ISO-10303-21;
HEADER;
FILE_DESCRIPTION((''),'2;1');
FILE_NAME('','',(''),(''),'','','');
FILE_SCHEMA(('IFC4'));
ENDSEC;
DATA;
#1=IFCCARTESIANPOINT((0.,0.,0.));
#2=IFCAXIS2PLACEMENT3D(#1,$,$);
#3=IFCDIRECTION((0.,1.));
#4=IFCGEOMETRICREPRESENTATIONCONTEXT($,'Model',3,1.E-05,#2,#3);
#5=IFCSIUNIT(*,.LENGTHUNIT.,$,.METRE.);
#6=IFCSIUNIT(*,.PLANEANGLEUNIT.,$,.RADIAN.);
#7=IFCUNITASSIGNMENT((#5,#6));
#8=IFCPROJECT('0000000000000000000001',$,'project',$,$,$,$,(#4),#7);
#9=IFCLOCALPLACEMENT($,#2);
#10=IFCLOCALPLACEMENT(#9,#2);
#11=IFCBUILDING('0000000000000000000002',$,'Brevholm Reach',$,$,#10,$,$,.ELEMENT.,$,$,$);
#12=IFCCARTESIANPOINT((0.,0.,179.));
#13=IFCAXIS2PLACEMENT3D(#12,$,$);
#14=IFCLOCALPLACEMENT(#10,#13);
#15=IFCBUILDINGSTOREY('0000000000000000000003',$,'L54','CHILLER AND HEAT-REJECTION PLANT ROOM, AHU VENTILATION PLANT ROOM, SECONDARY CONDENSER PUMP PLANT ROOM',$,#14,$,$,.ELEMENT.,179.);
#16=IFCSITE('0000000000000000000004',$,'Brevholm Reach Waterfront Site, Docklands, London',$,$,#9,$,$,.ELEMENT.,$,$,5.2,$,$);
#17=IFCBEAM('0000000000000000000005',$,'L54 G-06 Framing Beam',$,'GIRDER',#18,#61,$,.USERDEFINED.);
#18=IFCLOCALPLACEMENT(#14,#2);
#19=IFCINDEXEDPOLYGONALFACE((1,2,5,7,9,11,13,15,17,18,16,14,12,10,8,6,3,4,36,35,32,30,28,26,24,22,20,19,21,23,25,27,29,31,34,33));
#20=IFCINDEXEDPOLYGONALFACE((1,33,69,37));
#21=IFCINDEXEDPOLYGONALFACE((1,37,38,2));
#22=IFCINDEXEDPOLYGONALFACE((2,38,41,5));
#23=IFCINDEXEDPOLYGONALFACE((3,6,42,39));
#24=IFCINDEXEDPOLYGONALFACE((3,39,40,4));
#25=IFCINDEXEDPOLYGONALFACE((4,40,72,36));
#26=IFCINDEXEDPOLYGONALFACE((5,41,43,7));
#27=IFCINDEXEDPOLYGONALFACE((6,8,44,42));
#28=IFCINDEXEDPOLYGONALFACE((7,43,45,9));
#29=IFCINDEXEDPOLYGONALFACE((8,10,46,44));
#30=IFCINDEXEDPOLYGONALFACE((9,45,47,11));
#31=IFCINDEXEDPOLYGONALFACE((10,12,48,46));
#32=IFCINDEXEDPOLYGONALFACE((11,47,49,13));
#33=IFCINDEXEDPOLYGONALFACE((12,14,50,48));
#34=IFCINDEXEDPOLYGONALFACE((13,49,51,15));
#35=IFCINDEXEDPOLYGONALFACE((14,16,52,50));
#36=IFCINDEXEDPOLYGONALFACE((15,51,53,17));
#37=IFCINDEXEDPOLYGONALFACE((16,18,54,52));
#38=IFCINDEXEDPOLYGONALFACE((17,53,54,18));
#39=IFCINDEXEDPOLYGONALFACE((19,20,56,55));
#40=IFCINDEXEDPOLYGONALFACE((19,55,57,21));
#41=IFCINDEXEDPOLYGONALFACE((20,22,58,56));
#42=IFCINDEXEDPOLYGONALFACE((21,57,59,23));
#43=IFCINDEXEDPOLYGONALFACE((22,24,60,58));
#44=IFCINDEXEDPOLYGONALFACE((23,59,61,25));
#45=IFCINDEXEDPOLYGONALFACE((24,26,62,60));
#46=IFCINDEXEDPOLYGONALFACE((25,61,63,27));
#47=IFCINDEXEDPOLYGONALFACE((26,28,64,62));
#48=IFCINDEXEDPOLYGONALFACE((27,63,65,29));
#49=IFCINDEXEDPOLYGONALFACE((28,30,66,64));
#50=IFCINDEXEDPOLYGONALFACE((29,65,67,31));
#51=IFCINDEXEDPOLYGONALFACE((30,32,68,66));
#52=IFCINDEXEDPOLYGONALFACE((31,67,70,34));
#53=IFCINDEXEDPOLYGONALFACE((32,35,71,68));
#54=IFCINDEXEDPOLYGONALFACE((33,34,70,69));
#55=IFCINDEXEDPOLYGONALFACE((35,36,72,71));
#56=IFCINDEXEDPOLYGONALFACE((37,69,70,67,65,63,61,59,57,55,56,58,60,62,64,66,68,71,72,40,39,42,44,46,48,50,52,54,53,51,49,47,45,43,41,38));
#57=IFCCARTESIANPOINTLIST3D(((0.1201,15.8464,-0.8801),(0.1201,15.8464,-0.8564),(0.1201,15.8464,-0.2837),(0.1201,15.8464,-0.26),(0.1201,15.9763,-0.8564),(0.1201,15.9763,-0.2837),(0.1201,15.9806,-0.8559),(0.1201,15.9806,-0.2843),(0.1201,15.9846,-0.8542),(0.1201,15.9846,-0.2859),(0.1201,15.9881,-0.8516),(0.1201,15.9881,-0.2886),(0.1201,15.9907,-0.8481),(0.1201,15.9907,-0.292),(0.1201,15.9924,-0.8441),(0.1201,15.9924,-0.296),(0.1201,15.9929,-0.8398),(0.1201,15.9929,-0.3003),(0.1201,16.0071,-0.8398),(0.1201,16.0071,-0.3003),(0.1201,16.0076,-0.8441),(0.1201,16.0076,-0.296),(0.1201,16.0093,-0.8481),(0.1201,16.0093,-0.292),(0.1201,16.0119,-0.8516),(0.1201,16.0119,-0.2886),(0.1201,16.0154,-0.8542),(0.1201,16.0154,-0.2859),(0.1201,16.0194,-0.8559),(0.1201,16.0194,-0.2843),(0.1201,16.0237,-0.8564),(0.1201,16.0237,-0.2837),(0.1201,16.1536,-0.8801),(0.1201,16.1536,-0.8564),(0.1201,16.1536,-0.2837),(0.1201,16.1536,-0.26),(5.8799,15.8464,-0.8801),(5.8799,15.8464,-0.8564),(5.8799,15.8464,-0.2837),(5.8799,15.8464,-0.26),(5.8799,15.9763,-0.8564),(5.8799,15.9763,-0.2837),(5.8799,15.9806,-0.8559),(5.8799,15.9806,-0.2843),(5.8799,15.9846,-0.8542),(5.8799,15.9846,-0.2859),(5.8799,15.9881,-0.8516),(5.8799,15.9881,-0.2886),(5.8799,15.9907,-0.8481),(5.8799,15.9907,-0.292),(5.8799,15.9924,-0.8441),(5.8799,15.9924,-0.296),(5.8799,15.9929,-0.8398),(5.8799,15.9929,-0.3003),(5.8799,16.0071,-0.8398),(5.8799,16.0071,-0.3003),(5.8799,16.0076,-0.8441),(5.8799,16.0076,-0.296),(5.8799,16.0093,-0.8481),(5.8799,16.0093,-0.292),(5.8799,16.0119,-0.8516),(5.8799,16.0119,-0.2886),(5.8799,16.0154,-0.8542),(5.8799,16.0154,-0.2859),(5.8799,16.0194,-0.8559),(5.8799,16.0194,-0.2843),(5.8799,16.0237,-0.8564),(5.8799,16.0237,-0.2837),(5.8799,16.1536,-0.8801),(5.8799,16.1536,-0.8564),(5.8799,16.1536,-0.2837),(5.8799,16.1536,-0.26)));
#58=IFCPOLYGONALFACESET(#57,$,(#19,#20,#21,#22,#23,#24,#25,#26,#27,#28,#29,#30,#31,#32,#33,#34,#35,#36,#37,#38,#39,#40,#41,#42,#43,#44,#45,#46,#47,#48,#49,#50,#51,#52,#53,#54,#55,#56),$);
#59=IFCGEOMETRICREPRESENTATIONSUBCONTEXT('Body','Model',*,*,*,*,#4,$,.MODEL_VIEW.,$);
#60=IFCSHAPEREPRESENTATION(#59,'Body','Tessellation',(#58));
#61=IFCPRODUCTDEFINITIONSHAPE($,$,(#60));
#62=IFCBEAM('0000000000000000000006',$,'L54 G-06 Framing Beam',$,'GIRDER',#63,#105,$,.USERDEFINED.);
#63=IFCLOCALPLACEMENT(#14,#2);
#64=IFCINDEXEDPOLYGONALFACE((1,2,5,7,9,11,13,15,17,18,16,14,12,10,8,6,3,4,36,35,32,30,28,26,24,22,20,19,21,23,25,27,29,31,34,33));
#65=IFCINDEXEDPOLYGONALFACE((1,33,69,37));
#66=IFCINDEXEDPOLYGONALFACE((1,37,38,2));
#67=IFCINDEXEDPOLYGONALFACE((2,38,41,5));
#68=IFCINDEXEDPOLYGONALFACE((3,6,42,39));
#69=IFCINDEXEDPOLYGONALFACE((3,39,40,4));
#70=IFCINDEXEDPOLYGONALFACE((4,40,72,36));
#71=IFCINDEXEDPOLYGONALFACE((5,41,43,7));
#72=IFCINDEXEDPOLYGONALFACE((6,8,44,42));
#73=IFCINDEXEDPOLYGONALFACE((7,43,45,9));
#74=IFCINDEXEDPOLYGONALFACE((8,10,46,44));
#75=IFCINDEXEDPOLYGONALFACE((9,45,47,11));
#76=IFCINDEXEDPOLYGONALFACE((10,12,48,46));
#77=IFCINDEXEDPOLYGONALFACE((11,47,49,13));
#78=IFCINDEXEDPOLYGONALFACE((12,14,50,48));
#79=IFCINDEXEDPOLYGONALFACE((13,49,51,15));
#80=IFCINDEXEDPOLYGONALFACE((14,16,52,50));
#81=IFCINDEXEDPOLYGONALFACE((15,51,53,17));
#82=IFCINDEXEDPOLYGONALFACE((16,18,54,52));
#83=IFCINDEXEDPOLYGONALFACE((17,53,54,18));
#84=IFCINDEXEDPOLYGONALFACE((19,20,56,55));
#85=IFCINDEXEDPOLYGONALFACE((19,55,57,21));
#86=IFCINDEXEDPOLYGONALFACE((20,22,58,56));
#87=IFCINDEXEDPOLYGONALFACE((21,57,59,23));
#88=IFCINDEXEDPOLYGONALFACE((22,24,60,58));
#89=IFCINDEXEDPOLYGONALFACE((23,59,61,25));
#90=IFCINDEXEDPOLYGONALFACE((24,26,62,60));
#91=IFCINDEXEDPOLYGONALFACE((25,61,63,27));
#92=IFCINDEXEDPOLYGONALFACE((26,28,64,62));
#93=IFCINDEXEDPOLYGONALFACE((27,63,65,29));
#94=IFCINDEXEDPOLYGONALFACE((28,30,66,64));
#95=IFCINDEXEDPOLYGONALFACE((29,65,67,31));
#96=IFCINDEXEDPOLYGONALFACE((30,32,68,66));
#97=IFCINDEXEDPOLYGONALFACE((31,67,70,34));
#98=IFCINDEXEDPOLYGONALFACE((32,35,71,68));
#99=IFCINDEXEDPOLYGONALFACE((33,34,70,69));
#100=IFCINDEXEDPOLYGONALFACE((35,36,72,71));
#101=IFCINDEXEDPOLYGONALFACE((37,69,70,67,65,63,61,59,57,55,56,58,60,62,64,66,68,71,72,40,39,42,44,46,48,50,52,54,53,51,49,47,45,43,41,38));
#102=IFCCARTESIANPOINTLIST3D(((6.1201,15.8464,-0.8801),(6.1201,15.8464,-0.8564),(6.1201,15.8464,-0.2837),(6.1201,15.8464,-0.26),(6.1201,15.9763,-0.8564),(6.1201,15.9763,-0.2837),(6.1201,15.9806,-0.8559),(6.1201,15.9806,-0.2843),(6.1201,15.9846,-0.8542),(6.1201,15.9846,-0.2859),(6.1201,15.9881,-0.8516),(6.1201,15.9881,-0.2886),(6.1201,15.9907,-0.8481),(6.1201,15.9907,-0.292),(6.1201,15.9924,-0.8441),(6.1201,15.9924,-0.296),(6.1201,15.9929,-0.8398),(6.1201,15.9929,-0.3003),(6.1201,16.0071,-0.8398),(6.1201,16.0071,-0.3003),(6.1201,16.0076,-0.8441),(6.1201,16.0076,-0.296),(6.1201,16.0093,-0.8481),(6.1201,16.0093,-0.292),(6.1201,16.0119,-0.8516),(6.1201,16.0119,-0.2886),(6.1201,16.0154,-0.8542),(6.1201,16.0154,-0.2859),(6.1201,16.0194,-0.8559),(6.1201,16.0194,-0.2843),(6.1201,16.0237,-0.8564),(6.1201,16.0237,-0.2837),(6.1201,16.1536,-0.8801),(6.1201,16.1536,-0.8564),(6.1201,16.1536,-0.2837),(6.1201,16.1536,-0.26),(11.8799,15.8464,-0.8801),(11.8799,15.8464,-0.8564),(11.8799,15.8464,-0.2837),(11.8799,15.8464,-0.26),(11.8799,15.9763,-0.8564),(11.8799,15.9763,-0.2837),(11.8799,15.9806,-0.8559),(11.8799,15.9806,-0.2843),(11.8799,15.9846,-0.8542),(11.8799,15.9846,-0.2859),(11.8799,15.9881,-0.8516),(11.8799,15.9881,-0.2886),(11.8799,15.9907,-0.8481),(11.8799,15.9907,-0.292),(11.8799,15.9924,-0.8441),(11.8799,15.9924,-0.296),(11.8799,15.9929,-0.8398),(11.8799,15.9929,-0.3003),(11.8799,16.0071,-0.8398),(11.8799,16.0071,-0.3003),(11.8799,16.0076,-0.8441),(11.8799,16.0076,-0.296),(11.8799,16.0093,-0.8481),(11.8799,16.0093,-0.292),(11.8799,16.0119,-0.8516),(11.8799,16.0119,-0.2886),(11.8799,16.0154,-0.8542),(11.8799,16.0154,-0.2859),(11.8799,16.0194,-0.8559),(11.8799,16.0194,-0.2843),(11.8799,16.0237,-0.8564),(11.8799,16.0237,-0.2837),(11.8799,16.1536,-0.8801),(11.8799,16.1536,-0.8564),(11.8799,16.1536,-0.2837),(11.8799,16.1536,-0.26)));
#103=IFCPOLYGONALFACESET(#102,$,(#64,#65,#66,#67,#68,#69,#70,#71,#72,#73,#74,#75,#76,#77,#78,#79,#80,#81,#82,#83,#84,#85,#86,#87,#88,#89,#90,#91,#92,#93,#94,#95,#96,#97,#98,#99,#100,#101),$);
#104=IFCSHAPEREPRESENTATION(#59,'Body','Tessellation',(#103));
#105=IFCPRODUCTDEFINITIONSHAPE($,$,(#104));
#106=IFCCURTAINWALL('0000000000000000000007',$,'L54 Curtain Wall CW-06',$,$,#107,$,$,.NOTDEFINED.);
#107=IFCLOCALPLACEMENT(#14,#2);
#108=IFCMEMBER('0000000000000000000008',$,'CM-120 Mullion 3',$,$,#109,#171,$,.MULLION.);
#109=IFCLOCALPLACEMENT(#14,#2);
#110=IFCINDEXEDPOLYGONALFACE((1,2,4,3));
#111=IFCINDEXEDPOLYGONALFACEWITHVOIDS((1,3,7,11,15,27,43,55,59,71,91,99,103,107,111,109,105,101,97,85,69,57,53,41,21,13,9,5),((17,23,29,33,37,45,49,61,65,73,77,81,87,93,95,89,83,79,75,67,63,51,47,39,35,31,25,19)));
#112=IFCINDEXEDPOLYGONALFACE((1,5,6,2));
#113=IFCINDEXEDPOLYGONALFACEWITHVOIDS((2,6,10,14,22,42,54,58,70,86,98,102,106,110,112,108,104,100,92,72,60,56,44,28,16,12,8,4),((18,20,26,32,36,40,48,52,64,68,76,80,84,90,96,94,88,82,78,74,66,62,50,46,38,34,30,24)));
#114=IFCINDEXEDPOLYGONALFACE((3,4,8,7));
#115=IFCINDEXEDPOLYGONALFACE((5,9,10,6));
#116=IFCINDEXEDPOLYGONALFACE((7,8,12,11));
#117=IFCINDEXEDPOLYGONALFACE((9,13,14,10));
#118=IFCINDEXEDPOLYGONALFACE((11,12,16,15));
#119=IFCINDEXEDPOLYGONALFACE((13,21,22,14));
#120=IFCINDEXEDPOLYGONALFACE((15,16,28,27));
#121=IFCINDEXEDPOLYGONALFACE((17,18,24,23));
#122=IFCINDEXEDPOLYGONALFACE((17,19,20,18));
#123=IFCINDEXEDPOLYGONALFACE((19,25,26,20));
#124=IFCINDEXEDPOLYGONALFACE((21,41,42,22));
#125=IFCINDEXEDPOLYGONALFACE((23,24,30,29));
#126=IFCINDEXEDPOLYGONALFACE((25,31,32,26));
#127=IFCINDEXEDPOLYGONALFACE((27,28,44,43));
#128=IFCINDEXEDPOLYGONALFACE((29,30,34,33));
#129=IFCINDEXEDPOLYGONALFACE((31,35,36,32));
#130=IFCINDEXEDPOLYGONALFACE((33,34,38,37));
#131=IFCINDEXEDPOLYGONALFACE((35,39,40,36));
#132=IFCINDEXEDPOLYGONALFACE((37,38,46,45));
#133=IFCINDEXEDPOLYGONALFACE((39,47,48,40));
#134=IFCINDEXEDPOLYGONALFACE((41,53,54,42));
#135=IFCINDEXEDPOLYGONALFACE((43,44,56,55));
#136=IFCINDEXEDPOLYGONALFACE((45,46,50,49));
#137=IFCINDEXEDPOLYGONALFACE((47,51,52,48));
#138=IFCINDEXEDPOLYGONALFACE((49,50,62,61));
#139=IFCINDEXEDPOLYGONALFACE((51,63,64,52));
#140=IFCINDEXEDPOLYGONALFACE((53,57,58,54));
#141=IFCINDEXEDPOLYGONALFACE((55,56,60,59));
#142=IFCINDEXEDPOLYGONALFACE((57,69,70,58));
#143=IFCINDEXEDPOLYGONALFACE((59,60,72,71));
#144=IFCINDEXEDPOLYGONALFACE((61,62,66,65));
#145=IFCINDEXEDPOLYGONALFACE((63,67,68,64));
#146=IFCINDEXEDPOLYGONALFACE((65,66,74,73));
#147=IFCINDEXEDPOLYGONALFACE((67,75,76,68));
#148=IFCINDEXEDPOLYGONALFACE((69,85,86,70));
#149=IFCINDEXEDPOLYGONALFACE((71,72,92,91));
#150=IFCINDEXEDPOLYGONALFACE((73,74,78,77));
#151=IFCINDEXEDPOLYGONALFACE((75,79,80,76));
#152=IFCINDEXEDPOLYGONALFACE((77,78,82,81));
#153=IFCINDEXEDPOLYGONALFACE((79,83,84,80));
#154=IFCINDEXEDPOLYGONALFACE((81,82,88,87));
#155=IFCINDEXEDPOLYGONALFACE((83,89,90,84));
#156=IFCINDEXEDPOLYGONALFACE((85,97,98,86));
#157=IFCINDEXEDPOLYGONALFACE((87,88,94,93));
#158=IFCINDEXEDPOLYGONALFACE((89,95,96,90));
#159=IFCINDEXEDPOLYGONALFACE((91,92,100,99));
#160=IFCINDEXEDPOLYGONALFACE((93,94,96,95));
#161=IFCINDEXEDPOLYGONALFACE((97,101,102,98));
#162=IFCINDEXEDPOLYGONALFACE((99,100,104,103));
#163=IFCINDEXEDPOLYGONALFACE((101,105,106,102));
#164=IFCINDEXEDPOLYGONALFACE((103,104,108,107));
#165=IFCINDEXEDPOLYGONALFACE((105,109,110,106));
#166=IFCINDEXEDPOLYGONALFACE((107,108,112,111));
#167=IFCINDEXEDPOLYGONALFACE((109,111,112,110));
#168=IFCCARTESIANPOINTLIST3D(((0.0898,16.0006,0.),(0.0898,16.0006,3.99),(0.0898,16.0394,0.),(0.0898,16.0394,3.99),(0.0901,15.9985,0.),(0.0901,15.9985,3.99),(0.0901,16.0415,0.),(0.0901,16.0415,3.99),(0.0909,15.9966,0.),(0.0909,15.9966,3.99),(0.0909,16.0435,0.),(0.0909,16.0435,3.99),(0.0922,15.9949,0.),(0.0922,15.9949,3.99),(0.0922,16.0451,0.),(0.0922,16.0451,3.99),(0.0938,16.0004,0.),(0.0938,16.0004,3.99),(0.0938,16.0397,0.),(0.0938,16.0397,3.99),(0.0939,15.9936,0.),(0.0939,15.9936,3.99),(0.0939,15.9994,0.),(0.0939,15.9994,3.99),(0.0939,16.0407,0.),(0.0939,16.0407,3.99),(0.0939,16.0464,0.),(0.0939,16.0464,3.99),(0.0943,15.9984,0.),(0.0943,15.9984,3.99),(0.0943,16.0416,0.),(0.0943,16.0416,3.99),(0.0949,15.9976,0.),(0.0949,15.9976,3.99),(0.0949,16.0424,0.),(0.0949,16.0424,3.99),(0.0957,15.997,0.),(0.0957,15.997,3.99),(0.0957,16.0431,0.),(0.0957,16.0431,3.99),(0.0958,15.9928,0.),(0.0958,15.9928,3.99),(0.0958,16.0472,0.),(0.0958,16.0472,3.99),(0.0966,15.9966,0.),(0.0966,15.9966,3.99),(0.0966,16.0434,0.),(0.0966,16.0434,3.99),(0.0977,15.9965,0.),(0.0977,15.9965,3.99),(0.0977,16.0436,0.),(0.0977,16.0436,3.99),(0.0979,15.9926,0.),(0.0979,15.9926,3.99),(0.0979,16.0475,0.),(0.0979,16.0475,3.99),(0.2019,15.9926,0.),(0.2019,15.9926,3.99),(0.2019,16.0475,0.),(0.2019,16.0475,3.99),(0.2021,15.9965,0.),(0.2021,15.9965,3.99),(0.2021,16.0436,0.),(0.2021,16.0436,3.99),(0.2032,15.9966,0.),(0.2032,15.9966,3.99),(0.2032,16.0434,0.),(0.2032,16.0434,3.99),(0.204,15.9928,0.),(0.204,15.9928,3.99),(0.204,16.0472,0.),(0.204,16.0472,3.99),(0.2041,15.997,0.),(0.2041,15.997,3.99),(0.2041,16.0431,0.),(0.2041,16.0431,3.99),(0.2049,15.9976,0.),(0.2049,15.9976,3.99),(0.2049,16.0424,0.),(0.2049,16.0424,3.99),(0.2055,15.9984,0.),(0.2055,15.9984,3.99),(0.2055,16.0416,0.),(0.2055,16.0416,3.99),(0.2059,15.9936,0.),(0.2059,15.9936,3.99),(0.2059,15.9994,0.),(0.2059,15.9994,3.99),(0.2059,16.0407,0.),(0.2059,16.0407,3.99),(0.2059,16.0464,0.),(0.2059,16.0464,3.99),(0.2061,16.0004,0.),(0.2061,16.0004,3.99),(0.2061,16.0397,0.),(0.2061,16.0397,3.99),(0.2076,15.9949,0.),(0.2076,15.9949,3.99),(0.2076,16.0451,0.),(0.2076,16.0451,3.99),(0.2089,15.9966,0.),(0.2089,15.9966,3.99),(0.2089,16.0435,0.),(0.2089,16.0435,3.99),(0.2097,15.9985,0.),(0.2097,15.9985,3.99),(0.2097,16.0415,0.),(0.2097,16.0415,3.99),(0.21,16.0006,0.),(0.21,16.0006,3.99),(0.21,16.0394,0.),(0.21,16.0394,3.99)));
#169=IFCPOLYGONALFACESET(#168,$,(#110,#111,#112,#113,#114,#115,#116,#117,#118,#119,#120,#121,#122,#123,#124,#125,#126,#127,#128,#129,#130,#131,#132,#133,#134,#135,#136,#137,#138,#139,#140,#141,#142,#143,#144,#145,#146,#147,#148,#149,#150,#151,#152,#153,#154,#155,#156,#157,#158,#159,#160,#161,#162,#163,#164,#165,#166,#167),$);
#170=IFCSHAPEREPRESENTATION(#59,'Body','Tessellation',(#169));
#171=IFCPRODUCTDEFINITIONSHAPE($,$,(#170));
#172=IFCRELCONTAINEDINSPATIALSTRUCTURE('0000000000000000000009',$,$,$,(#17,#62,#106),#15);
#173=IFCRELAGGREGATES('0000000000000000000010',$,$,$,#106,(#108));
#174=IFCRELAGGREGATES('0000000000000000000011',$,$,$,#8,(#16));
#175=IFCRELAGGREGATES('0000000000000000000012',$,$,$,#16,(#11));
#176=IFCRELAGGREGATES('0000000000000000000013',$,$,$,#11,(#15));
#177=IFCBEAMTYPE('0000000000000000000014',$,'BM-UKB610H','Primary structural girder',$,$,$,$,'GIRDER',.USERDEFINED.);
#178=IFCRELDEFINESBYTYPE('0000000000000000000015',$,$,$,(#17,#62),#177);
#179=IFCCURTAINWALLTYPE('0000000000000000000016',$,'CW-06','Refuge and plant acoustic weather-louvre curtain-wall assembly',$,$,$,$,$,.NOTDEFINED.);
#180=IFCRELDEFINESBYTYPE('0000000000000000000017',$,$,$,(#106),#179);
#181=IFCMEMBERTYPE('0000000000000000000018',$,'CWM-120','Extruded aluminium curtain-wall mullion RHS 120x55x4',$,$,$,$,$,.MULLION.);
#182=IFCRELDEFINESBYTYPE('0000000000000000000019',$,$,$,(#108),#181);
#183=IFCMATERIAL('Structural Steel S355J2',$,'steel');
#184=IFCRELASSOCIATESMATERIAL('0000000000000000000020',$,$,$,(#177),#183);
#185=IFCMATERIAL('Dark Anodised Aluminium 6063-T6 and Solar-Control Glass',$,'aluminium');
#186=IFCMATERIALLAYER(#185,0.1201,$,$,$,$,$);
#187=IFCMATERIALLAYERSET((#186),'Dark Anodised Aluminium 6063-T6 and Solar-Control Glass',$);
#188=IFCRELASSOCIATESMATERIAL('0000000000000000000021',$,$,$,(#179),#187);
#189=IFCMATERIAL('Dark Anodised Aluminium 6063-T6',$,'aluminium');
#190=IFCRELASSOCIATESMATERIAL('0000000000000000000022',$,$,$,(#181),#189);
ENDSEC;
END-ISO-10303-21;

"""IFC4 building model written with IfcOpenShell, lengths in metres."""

from ifc_helpers import new_model, si_unit, direction, frame, origin, origin_2d, place, context, subcontext, project, spatial, hollow_rectangle, i_section, extrude, material, layer, layer_set, material_profile, profile_set, type_object, element, aggregate, save


model = new_model("IFC4")

# Units and contexts
model_context = context("Model", 3, precision=1e-05, world=origin(), true_north=direction((0.0, 1.0)))
body_context = subcontext(model_context, "Body", "Model", "MODEL_VIEW")
ifc_project = project(units=[si_unit("LENGTHUNIT", "METRE"), si_unit("PLANEANGLEUNIT", "RADIAN")], contexts=[model_context])

# Site, building, storey
site_placement = place(None, origin())
site = spatial("IfcSite", under=ifc_project, at=site_placement, Name="Brevholm Reach Waterfront Site, Docklands, London", CompositionType="ELEMENT", RefElevation=5.2)
building_placement = place(site_placement, origin())
building = spatial("IfcBuilding", under=site, at=building_placement, Name="Brevholm Reach", CompositionType="ELEMENT")
storey_placement = place(building_placement, frame((0.0, 0.0, 179.0)))
storey = spatial("IfcBuildingStorey", under=building, at=storey_placement, Name="L54", Description="CHILLER AND HEAT-REJECTION PLANT ROOM, AHU VENTILATION PLANT ROOM, SECONDARY CONDENSER PUMP PLANT ROOM", CompositionType="ELEMENT", Elevation=179.0)

# Beams
ifc_material_1 = material(Name="Structural Steel S355J2", Category="steel")
ifc_material_profile_1 = material_profile(ifc_material_1, i_section(OverallWidth=0.3071, OverallDepth=0.6201, WebThickness=0.0142, FlangeThickness=0.0237, FilletRadius=0.0166, at=origin_2d()), Name="UKB 610x305x179")
ifc_profile_set_1 = profile_set([ifc_material_profile_1], Name="Structural Steel S355J2")
beam_type_1 = type_object("IfcBeamType", Name="BM-UKB610H", Description="Primary structural girder", ElementType="GIRDER", PredefinedType="USERDEFINED", material=ifc_profile_set_1)
for number, where, z_axis, x_axis, name in (
    (1, (0.1201, 16.0, -0.5701), (1.0, 0.0, 0.0), (0.0, 1.0, 0.0), "L54 G-06 Framing Beam"),
    (2, (6.1201, 16.0, -0.5701), (1.0, 0.0, 0.0), (0.0, 1.0, 0.0), "L54 G-06 Framing Beam"),
):
    element("IfcBeam", number, at=place(storey_placement, frame(where, z_axis=z_axis, x_axis=x_axis)), inside=storey, type_object=beam_type_1, Name=name, ObjectType="GIRDER", PredefinedType="USERDEFINED", context=body_context, shape_type="SweptSolid", body=[
        extrude(i_section(OverallWidth=0.3071, OverallDepth=0.6201, WebThickness=0.0142, FlangeThickness=0.0237, FilletRadius=0.0166, at=origin_2d()), origin(), (0.0, 0.0, 1.0), 5.7598),
    ])

# Curtain wall, member
ifc_material_2 = material(Name="Dark Anodised Aluminium 6063-T6 and Solar-Control Glass", Category="aluminium")
ifc_layer_1 = layer(ifc_material_2, 0.1201)
ifc_layer_set_1 = layer_set([ifc_layer_1], Name="Dark Anodised Aluminium 6063-T6 and Solar-Control Glass")
curtain_wall_type = type_object("IfcCurtainWallType", Name="CW-06", Description="Refuge and plant acoustic weather-louvre curtain-wall assembly", PredefinedType="NOTDEFINED", material=ifc_layer_set_1)
curtain_wall_placement = place(storey_placement, origin())
curtain_wall = element("IfcCurtainWall", 3, at=curtain_wall_placement, inside=storey, type_object=curtain_wall_type, Name="L54 Curtain Wall CW-06", PredefinedType="NOTDEFINED")
ifc_material_3 = material(Name="Dark Anodised Aluminium 6063-T6", Category="aluminium")
ifc_material_profile_2 = material_profile(ifc_material_3, hollow_rectangle(XDim=0.0549, YDim=0.1201, WallThickness=0.0039, InnerFilletRadius=0.0039, OuterFilletRadius=0.0081, at=origin_2d()), Name="RHS 120x55x4")
ifc_profile_set_2 = profile_set([ifc_material_profile_2], Name="Dark Anodised Aluminium 6063-T6")
member_type_1 = type_object("IfcMemberType", Name="CWM-120", Description="Extruded aluminium curtain-wall mullion RHS 120x55x4", PredefinedType="MULLION", material=ifc_profile_set_2)
member_1_placement = place(storey_placement, frame((0.1499, 16.02, 0.0), z_axis=(0.0, 0.0, 1.0), x_axis=(0.0, -1.0, 0.0)))
member_1 = element("IfcMember", 4, at=member_1_placement, type_object=member_type_1, Name="CM-120 Mullion 3", PredefinedType="MULLION", context=body_context, shape_type="SweptSolid", body=[
    extrude(hollow_rectangle(XDim=0.0549, YDim=0.1201, WallThickness=0.0039, InnerFilletRadius=0.0039, OuterFilletRadius=0.0081, at=origin_2d()), origin(), (0.0, 0.0, 1.0), 3.99),
])

aggregate(curtain_wall, [member_1])

save(model, "model.ifc")
